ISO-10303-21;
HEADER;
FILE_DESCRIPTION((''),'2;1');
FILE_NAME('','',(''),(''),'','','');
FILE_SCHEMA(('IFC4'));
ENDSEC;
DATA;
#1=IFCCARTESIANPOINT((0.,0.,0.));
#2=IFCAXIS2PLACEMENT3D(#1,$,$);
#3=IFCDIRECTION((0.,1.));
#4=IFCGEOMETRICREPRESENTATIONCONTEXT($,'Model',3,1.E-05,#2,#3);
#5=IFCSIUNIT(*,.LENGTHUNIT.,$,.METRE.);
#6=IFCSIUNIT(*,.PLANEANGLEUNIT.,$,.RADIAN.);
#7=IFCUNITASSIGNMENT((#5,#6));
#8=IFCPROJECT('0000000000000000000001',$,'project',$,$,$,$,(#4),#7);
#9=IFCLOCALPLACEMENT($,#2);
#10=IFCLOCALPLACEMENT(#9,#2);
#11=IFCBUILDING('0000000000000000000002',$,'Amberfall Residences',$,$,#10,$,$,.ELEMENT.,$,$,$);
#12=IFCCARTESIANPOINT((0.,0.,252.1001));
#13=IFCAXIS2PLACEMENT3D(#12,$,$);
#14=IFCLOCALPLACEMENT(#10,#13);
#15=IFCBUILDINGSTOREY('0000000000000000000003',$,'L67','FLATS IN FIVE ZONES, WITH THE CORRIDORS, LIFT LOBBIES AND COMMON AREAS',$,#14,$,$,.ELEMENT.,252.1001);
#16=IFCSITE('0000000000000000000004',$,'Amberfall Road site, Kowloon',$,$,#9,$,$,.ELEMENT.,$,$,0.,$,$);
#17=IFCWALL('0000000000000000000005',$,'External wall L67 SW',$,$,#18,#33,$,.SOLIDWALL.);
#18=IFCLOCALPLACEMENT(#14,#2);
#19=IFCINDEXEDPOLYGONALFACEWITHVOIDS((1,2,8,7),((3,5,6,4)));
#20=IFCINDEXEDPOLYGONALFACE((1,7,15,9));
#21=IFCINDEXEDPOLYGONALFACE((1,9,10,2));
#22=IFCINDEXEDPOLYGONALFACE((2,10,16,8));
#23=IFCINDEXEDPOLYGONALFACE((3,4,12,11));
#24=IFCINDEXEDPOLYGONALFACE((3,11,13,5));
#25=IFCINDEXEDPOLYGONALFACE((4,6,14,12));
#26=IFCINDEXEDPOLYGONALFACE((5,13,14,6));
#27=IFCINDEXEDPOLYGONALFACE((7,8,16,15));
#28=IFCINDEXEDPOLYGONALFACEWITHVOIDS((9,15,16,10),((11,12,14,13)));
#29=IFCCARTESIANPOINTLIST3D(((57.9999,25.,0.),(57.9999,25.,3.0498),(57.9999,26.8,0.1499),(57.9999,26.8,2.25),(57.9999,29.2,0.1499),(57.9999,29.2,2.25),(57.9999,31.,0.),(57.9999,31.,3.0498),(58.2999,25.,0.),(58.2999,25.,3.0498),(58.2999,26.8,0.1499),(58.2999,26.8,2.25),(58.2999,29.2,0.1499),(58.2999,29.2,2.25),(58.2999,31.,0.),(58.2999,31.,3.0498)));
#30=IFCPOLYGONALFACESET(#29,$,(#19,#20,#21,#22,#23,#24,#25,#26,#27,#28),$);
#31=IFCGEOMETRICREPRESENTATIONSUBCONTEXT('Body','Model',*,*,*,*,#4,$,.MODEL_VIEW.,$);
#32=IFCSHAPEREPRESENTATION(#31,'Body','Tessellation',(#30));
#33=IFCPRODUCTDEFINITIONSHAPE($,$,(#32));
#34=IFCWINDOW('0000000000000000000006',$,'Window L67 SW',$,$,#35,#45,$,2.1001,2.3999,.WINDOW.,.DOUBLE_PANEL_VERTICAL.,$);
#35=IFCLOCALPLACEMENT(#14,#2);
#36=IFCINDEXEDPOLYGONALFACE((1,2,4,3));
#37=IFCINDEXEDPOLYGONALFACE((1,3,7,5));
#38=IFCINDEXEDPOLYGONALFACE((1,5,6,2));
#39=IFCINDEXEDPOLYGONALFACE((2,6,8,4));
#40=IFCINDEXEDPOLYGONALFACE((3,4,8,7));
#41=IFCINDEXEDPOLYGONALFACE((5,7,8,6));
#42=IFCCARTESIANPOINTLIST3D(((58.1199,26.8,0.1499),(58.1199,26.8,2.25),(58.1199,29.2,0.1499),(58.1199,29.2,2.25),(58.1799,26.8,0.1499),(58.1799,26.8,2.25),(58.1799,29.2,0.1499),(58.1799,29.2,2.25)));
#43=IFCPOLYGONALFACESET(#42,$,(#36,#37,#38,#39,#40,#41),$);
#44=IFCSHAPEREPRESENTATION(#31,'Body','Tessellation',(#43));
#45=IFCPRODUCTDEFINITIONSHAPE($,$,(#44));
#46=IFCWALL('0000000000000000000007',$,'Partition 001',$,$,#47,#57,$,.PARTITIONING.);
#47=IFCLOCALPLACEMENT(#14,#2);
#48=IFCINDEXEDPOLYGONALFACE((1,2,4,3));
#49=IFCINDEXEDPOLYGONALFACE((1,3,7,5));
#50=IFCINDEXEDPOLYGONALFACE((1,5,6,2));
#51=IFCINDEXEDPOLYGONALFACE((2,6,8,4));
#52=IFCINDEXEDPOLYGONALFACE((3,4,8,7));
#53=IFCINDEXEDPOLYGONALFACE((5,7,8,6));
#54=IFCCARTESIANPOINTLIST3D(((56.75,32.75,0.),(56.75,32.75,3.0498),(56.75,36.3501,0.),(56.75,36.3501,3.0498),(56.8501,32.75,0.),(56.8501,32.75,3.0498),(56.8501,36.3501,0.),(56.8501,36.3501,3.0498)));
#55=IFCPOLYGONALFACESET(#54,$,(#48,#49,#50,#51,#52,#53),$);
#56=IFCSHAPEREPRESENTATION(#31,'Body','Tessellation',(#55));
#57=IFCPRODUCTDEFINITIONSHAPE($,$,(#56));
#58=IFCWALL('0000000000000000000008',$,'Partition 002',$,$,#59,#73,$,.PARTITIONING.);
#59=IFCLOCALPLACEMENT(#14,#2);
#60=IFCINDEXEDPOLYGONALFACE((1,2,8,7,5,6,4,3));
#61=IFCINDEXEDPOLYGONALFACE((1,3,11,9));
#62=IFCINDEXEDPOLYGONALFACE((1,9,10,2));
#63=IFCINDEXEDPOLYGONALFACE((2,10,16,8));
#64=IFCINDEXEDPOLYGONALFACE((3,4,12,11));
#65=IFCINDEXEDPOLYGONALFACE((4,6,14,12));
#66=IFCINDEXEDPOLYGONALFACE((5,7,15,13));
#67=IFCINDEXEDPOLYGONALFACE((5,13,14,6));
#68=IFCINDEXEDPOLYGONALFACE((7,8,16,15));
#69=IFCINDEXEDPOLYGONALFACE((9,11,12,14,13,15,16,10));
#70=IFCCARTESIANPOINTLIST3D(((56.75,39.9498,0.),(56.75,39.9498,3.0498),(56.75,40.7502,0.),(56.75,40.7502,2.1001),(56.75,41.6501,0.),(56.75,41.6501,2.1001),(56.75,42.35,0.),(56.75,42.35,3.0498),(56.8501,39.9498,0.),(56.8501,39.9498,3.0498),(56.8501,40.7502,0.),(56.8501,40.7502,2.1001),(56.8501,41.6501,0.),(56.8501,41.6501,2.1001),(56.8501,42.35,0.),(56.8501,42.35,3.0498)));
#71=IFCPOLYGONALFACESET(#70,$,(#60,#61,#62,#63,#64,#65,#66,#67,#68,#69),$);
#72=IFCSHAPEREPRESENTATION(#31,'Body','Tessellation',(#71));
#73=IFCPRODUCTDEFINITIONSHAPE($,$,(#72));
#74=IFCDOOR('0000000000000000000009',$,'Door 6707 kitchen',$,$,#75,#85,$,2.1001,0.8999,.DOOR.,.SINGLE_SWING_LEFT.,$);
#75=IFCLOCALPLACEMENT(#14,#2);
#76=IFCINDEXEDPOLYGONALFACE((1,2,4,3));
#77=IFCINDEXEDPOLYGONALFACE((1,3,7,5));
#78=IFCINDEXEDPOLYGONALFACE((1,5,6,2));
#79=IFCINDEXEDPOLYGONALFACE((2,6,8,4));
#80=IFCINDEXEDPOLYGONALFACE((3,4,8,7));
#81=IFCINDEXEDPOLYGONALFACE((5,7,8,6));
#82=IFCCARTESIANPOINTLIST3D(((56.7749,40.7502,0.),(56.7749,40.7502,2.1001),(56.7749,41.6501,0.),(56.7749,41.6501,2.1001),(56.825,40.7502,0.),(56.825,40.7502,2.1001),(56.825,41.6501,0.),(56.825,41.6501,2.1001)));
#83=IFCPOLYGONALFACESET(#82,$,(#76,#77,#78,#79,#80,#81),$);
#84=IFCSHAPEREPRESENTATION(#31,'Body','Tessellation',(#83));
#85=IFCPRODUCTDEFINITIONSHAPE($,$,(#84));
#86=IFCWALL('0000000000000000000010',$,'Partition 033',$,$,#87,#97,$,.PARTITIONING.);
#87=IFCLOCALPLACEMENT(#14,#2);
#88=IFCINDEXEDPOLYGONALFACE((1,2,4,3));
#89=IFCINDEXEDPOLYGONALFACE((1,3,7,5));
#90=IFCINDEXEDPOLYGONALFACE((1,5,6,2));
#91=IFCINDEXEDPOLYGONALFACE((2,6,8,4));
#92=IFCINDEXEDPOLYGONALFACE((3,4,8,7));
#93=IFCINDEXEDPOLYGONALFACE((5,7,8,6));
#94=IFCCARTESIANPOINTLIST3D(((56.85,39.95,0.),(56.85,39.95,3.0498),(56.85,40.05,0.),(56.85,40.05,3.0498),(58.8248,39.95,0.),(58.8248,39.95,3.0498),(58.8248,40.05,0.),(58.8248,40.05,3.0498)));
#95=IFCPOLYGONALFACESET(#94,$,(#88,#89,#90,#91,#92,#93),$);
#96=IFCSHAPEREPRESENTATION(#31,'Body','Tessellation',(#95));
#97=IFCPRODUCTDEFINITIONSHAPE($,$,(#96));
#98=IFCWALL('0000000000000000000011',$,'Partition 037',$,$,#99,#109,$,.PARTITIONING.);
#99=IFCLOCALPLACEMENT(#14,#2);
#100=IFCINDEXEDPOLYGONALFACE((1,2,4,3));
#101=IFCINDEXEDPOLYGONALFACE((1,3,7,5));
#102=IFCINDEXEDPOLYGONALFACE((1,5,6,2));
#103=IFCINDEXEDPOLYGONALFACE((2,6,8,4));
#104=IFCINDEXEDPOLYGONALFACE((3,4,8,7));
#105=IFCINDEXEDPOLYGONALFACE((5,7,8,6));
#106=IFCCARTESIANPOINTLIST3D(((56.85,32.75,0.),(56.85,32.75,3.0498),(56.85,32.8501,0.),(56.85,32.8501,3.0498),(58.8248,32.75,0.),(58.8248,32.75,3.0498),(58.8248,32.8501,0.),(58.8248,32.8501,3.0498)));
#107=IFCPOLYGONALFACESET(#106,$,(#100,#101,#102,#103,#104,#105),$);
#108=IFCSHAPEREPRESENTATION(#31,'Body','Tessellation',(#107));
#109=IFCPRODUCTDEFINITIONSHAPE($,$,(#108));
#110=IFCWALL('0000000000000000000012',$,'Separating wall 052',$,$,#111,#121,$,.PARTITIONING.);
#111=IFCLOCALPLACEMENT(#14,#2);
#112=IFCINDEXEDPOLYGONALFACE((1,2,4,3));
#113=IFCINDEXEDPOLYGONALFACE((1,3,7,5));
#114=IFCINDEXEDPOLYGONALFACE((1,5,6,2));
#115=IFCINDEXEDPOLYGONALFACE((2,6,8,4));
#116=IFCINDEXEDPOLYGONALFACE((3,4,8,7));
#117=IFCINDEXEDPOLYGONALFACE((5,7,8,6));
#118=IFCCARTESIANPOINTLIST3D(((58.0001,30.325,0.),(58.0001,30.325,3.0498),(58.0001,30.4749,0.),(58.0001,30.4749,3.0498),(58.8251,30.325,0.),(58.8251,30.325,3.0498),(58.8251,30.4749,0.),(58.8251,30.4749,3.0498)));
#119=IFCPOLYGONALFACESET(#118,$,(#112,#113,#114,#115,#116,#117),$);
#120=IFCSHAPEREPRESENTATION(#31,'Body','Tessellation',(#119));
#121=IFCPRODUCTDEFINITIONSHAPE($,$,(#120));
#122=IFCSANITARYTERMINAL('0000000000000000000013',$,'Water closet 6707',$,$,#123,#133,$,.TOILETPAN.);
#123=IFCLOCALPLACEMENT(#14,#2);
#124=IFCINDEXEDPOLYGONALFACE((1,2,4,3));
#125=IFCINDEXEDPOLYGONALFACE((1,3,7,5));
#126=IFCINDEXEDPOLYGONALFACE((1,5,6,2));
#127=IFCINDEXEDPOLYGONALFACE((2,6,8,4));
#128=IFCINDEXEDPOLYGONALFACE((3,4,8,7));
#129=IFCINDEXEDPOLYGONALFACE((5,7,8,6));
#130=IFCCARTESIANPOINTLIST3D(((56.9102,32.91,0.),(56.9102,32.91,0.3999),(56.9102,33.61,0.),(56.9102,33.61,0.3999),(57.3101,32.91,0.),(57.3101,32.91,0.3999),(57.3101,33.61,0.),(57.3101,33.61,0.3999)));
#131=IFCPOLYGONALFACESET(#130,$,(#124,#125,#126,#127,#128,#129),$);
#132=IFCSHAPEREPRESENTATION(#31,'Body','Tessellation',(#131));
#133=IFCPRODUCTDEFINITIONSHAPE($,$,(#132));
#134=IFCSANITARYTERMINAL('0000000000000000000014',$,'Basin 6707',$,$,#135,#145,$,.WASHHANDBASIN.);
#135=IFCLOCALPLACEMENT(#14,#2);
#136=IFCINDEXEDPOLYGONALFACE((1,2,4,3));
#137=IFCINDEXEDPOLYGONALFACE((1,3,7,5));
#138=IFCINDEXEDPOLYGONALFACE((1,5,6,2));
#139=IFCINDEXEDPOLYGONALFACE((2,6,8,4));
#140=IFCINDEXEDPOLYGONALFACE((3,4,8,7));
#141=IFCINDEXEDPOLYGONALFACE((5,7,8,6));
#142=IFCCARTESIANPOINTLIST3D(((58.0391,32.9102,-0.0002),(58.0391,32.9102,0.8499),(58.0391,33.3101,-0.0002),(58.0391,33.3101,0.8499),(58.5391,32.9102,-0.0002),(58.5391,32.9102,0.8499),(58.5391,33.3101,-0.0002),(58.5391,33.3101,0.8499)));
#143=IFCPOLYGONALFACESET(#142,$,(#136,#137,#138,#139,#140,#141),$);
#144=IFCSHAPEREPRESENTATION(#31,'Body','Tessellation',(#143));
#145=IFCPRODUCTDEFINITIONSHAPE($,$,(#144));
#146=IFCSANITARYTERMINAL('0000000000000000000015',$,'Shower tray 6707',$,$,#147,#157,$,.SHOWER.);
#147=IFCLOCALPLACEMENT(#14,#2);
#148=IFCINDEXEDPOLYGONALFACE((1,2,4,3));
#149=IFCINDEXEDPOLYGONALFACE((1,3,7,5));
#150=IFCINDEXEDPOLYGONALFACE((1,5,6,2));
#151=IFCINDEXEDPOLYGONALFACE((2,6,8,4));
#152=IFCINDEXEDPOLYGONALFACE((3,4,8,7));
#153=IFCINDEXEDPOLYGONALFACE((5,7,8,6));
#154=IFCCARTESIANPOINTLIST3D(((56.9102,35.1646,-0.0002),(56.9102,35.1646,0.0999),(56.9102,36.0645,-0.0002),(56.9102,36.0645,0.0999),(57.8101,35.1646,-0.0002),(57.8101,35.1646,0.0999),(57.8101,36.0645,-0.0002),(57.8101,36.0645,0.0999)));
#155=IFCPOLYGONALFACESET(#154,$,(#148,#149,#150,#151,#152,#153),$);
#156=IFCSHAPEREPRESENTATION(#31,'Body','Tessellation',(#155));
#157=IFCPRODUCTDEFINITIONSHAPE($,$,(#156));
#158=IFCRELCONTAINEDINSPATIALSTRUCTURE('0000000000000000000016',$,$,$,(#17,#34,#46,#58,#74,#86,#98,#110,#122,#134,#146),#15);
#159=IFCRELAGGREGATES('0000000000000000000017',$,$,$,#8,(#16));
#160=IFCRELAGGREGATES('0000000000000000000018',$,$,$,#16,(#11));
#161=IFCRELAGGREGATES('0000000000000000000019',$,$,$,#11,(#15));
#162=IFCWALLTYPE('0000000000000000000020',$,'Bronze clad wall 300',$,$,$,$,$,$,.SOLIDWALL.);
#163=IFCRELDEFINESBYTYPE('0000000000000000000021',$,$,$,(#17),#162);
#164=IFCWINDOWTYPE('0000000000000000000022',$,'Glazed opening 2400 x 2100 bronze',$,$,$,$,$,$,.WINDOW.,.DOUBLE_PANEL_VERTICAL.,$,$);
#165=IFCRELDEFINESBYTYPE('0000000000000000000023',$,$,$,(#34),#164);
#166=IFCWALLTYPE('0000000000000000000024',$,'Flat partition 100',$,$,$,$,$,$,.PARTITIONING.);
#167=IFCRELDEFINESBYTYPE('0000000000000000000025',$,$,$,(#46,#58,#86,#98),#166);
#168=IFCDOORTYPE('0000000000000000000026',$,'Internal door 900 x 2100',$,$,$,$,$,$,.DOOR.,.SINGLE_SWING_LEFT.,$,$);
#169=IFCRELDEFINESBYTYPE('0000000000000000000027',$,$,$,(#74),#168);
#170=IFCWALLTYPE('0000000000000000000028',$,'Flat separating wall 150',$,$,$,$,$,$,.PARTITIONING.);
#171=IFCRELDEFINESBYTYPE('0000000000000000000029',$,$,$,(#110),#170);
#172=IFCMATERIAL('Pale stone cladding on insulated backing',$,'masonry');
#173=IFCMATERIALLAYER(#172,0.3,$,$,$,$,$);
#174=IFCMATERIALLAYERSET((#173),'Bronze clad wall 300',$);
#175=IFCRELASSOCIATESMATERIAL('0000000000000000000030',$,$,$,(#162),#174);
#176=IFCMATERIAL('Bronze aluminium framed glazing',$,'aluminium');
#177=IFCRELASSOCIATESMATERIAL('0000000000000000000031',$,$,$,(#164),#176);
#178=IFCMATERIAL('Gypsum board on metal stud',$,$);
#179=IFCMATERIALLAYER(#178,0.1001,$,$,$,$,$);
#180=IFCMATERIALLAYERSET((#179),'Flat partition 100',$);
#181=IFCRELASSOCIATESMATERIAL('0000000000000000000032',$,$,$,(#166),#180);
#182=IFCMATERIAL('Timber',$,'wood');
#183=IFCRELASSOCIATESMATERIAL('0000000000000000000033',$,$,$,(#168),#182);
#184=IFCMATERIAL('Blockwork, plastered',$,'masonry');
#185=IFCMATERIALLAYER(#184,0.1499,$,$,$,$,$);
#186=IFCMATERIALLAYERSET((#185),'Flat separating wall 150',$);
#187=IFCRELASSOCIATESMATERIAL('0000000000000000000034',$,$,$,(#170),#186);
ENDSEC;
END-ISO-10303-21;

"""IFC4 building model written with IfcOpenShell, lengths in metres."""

from ifc_helpers import new_model, si_unit, direction, frame, frame_2d, origin, origin_2d, place, context, subcontext, project, spatial, rectangle, extrude, material, layer, layer_set, type_object, element, fill, save


model = new_model("IFC4")

# Units and contexts
model_context = context("Model", 3, precision=1e-05, world=origin(), true_north=direction((0.0, 1.0)))
body_context = subcontext(model_context, "Body", "Model", "MODEL_VIEW")
ifc_project = project(units=[si_unit("LENGTHUNIT", "METRE"), si_unit("PLANEANGLEUNIT", "RADIAN")], contexts=[model_context])

# Site, building, storey
site_placement = place(None, origin())
site = spatial("IfcSite", under=ifc_project, at=site_placement, Name="Amberfall Road site, Kowloon", CompositionType="ELEMENT", RefElevation=0.0)
building_placement = place(site_placement, origin())
building = spatial("IfcBuilding", under=site, at=building_placement, Name="Amberfall Residences", CompositionType="ELEMENT")
storey_placement = place(building_placement, frame((0.0, 0.0, 252.1001)))
storey = spatial("IfcBuildingStorey", under=building, at=storey_placement, Name="L67", Description="FLATS IN FIVE ZONES, WITH THE CORRIDORS, LIFT LOBBIES AND COMMON AREAS", CompositionType="ELEMENT", Elevation=252.1001)

# Shared definitions
ifc_material_1 = material(Name="Pale stone cladding on insulated backing", Category="masonry")
ifc_layer_1 = layer(ifc_material_1, 0.3)
ifc_layer_set_1 = layer_set([ifc_layer_1], Name="Bronze clad wall 300")
wall_type_1 = type_object("IfcWallType", Name="Bronze clad wall 300", PredefinedType="SOLIDWALL", material=ifc_layer_set_1)

# Wall, opening, window
wall_1_placement = place(storey_placement, frame((58.1499, 31.0, 0.0), z_axis=(0.0, 0.0, 1.0), x_axis=(0.0, -1.0, 0.0)))
wall_1 = element("IfcWall", 1, at=wall_1_placement, inside=storey, type_object=wall_type_1, Name="External wall L67 SW", PredefinedType="SOLIDWALL", context=body_context, shape_type="SweptSolid", body=[
    extrude(rectangle(XDim=6.0, YDim=0.3, at=frame_2d((3.0, 0.0))), origin(), (0.0, 0.0, 1.0), 3.0498),
])
opening_1_placement = place(wall_1_placement, frame((1.8, 0.0, 0.1499)))
opening_1 = element("IfcOpeningElement", 2, at=opening_1_placement, cuts=wall_1, PredefinedType="OPENING", context=body_context, shape_type="SweptSolid", body=[
    extrude(rectangle(XDim=2.3999, YDim=2.1001, at=frame_2d((1.2, 1.05))), frame((0.0, 0.1599, 0.0), z_axis=(0.0, -1.0, 0.0), x_axis=(1.0, 0.0, 0.0)), (0.0, 0.0, 1.0), 0.3201),
])
ifc_material_2 = material(Name="Bronze aluminium framed glazing", Category="aluminium")
window_type = type_object("IfcWindowType", Name="Glazed opening 2400 x 2100 bronze", PartitioningType="DOUBLE_PANEL_VERTICAL", PredefinedType="WINDOW", material=ifc_material_2)
window_placement = place(opening_1_placement, origin())
window = element("IfcWindow", 3, at=window_placement, inside=storey, type_object=window_type, Name="Window L67 SW", OverallHeight=2.1001, OverallWidth=2.3999, PartitioningType="DOUBLE_PANEL_VERTICAL", PredefinedType="WINDOW", context=body_context, shape_type="SweptSolid", body=[
    extrude(rectangle(XDim=2.3999, YDim=2.1001, at=frame_2d((1.2, 1.05))), frame((0.0, 0.03, 0.0), z_axis=(0.0, -1.0, 0.0), x_axis=(1.0, 0.0, 0.0)), (0.0, 0.0, 1.0), 0.0601),
])
fill(opening_1, window)

# Wall
ifc_material_3 = material(Name="Gypsum board on metal stud")
ifc_layer_2 = layer(ifc_material_3, 0.1001)
ifc_layer_set_2 = layer_set([ifc_layer_2], Name="Flat partition 100")
wall_type_2 = type_object("IfcWallType", Name="Flat partition 100", PredefinedType="PARTITIONING", material=ifc_layer_set_2)
wall_2_placement = place(storey_placement, frame((56.8, 32.75, 0.0), z_axis=(0.0, 0.0, 1.0), x_axis=(0.0, 1.0, 0.0)))
element("IfcWall", 4, at=wall_2_placement, inside=storey, type_object=wall_type_2, Name="Partition 001", PredefinedType="PARTITIONING", context=body_context, shape_type="SweptSolid", body=[
    extrude(rectangle(XDim=3.6001, YDim=0.1001, at=frame_2d((1.8, 0.0))), origin(), (0.0, 0.0, 1.0), 3.0498),
])

# Wall, opening, door
wall_3_placement = place(storey_placement, frame((56.8, 42.3501, 0.0), z_axis=(0.0, 0.0, 1.0), x_axis=(0.0, -1.0, 0.0)))
wall_3 = element("IfcWall", 5, at=wall_3_placement, inside=storey, type_object=wall_type_2, Name="Partition 002", PredefinedType="PARTITIONING", context=body_context, shape_type="SweptSolid", body=[
    extrude(rectangle(XDim=2.4001, YDim=0.1001, at=frame_2d((1.2002, 0.0))), origin(), (0.0, 0.0, 1.0), 3.0498),
])
opening_2_placement = place(wall_3_placement, frame((0.7, 0.0, 0.0)))
opening_2 = element("IfcOpeningElement", 6, at=opening_2_placement, cuts=wall_3, PredefinedType="OPENING", context=body_context, shape_type="SweptSolid", body=[
    extrude(rectangle(XDim=0.8999, YDim=2.1001, at=frame_2d((0.45, 1.05))), frame((0.0, 0.0601, 0.0), z_axis=(0.0, -1.0, 0.0), x_axis=(1.0, 0.0, 0.0)), (0.0, 0.0, 1.0), 0.1201),
])
ifc_material_4 = material(Name="Timber", Category="wood")
door_type = type_object("IfcDoorType", Name="Internal door 900 x 2100", OperationType="SINGLE_SWING_LEFT", PredefinedType="DOOR", material=ifc_material_4)
door_placement = place(opening_2_placement, origin())
door = element("IfcDoor", 7, at=door_placement, inside=storey, type_object=door_type, Name="Door 6707 kitchen", OperationType="SINGLE_SWING_LEFT", OverallHeight=2.1001, OverallWidth=0.8999, PredefinedType="DOOR", context=body_context, shape_type="SweptSolid", body=[
    extrude(rectangle(XDim=0.8999, YDim=2.1001, at=frame_2d((0.45, 1.05))), frame((0.0, 0.0249, 0.0), z_axis=(0.0, -1.0, 0.0), x_axis=(1.0, 0.0, 0.0)), (0.0, 0.0, 1.0), 0.05),
])
fill(opening_2, door)

# Walls
for number, where, z_axis, x_axis, name in (
    (8, (56.8501, 40.0, 0.0), (0.0, 0.0, 1.0), (1.0, 0.0, 0.0), "Partition 033"),
    (9, (56.8501, 32.8, 0.0), (0.0, 0.0, 1.0), (1.0, 0.0, 0.0), "Partition 037"),
):
    element("IfcWall", number, at=place(storey_placement, frame(where, z_axis=z_axis, x_axis=x_axis)), inside=storey, type_object=wall_type_2, Name=name, PredefinedType="PARTITIONING", context=body_context, shape_type="SweptSolid", body=[
        extrude(rectangle(XDim=1.9749, YDim=0.1001, at=frame_2d((0.9873, 0.0))), origin(), (0.0, 0.0, 1.0), 3.0498),
    ])
ifc_material_5 = material(Name="Blockwork, plastered", Category="masonry")
ifc_layer_3 = layer(ifc_material_5, 0.1499)
ifc_layer_set_3 = layer_set([ifc_layer_3], Name="Flat separating wall 150")
wall_type_3 = type_object("IfcWallType", Name="Flat separating wall 150", PredefinedType="PARTITIONING", material=ifc_layer_set_3)
wall_4_placement = place(storey_placement, frame((58.0, 30.3999, 0.0), z_axis=(0.0, 0.0, 1.0), x_axis=(1.0, 0.0, 0.0)))
element("IfcWall", 10, at=wall_4_placement, inside=storey, type_object=wall_type_3, Name="Separating wall 052", PredefinedType="PARTITIONING", context=body_context, shape_type="SweptSolid", body=[
    extrude(rectangle(XDim=0.825, YDim=0.1499, at=frame_2d((0.4126, 0.0))), origin(), (0.0, 0.0, 1.0), 3.0498),
])

# Sanitary terminals
sanitary_terminal_1_placement = place(storey_placement, frame((57.1101, 33.26, 0.0), z_axis=(0.0, 0.0, 1.0), x_axis=(1.0, 0.0, 0.0)))
element("IfcSanitaryTerminal", 11, at=sanitary_terminal_1_placement, inside=storey, Name="Water closet 6707", PredefinedType="TOILETPAN", context=body_context, shape_type="SweptSolid", body=[
    extrude(rectangle(XDim=0.3999, YDim=0.7, at=origin_2d()), origin(), (0.0, 0.0, 1.0), 0.3999),
])
sanitary_terminal_2_placement = place(storey_placement, frame((58.2891, 33.1101, -0.0002), z_axis=(0.0, 0.0, 1.0), x_axis=(1.0, 0.0, 0.0)))
element("IfcSanitaryTerminal", 12, at=sanitary_terminal_2_placement, inside=storey, Name="Basin 6707", PredefinedType="WASHHANDBASIN", context=body_context, shape_type="SweptSolid", body=[
    extrude(rectangle(XDim=0.5, YDim=0.3999, at=origin_2d()), origin(), (0.0, 0.0, 1.0), 0.8501),
])
sanitary_terminal_3_placement = place(storey_placement, frame((57.3601, 35.6145, -0.0002), z_axis=(0.0, 0.0, 1.0), x_axis=(1.0, 0.0, 0.0)))
element("IfcSanitaryTerminal", 13, at=sanitary_terminal_3_placement, inside=storey, Name="Shower tray 6707", PredefinedType="SHOWER", context=body_context, shape_type="SweptSolid", body=[
    extrude(rectangle(XDim=0.8999, YDim=0.8999, at=origin_2d()), origin(), (0.0, 0.0, 1.0), 0.1001),
])

save(model, "model.ifc")
